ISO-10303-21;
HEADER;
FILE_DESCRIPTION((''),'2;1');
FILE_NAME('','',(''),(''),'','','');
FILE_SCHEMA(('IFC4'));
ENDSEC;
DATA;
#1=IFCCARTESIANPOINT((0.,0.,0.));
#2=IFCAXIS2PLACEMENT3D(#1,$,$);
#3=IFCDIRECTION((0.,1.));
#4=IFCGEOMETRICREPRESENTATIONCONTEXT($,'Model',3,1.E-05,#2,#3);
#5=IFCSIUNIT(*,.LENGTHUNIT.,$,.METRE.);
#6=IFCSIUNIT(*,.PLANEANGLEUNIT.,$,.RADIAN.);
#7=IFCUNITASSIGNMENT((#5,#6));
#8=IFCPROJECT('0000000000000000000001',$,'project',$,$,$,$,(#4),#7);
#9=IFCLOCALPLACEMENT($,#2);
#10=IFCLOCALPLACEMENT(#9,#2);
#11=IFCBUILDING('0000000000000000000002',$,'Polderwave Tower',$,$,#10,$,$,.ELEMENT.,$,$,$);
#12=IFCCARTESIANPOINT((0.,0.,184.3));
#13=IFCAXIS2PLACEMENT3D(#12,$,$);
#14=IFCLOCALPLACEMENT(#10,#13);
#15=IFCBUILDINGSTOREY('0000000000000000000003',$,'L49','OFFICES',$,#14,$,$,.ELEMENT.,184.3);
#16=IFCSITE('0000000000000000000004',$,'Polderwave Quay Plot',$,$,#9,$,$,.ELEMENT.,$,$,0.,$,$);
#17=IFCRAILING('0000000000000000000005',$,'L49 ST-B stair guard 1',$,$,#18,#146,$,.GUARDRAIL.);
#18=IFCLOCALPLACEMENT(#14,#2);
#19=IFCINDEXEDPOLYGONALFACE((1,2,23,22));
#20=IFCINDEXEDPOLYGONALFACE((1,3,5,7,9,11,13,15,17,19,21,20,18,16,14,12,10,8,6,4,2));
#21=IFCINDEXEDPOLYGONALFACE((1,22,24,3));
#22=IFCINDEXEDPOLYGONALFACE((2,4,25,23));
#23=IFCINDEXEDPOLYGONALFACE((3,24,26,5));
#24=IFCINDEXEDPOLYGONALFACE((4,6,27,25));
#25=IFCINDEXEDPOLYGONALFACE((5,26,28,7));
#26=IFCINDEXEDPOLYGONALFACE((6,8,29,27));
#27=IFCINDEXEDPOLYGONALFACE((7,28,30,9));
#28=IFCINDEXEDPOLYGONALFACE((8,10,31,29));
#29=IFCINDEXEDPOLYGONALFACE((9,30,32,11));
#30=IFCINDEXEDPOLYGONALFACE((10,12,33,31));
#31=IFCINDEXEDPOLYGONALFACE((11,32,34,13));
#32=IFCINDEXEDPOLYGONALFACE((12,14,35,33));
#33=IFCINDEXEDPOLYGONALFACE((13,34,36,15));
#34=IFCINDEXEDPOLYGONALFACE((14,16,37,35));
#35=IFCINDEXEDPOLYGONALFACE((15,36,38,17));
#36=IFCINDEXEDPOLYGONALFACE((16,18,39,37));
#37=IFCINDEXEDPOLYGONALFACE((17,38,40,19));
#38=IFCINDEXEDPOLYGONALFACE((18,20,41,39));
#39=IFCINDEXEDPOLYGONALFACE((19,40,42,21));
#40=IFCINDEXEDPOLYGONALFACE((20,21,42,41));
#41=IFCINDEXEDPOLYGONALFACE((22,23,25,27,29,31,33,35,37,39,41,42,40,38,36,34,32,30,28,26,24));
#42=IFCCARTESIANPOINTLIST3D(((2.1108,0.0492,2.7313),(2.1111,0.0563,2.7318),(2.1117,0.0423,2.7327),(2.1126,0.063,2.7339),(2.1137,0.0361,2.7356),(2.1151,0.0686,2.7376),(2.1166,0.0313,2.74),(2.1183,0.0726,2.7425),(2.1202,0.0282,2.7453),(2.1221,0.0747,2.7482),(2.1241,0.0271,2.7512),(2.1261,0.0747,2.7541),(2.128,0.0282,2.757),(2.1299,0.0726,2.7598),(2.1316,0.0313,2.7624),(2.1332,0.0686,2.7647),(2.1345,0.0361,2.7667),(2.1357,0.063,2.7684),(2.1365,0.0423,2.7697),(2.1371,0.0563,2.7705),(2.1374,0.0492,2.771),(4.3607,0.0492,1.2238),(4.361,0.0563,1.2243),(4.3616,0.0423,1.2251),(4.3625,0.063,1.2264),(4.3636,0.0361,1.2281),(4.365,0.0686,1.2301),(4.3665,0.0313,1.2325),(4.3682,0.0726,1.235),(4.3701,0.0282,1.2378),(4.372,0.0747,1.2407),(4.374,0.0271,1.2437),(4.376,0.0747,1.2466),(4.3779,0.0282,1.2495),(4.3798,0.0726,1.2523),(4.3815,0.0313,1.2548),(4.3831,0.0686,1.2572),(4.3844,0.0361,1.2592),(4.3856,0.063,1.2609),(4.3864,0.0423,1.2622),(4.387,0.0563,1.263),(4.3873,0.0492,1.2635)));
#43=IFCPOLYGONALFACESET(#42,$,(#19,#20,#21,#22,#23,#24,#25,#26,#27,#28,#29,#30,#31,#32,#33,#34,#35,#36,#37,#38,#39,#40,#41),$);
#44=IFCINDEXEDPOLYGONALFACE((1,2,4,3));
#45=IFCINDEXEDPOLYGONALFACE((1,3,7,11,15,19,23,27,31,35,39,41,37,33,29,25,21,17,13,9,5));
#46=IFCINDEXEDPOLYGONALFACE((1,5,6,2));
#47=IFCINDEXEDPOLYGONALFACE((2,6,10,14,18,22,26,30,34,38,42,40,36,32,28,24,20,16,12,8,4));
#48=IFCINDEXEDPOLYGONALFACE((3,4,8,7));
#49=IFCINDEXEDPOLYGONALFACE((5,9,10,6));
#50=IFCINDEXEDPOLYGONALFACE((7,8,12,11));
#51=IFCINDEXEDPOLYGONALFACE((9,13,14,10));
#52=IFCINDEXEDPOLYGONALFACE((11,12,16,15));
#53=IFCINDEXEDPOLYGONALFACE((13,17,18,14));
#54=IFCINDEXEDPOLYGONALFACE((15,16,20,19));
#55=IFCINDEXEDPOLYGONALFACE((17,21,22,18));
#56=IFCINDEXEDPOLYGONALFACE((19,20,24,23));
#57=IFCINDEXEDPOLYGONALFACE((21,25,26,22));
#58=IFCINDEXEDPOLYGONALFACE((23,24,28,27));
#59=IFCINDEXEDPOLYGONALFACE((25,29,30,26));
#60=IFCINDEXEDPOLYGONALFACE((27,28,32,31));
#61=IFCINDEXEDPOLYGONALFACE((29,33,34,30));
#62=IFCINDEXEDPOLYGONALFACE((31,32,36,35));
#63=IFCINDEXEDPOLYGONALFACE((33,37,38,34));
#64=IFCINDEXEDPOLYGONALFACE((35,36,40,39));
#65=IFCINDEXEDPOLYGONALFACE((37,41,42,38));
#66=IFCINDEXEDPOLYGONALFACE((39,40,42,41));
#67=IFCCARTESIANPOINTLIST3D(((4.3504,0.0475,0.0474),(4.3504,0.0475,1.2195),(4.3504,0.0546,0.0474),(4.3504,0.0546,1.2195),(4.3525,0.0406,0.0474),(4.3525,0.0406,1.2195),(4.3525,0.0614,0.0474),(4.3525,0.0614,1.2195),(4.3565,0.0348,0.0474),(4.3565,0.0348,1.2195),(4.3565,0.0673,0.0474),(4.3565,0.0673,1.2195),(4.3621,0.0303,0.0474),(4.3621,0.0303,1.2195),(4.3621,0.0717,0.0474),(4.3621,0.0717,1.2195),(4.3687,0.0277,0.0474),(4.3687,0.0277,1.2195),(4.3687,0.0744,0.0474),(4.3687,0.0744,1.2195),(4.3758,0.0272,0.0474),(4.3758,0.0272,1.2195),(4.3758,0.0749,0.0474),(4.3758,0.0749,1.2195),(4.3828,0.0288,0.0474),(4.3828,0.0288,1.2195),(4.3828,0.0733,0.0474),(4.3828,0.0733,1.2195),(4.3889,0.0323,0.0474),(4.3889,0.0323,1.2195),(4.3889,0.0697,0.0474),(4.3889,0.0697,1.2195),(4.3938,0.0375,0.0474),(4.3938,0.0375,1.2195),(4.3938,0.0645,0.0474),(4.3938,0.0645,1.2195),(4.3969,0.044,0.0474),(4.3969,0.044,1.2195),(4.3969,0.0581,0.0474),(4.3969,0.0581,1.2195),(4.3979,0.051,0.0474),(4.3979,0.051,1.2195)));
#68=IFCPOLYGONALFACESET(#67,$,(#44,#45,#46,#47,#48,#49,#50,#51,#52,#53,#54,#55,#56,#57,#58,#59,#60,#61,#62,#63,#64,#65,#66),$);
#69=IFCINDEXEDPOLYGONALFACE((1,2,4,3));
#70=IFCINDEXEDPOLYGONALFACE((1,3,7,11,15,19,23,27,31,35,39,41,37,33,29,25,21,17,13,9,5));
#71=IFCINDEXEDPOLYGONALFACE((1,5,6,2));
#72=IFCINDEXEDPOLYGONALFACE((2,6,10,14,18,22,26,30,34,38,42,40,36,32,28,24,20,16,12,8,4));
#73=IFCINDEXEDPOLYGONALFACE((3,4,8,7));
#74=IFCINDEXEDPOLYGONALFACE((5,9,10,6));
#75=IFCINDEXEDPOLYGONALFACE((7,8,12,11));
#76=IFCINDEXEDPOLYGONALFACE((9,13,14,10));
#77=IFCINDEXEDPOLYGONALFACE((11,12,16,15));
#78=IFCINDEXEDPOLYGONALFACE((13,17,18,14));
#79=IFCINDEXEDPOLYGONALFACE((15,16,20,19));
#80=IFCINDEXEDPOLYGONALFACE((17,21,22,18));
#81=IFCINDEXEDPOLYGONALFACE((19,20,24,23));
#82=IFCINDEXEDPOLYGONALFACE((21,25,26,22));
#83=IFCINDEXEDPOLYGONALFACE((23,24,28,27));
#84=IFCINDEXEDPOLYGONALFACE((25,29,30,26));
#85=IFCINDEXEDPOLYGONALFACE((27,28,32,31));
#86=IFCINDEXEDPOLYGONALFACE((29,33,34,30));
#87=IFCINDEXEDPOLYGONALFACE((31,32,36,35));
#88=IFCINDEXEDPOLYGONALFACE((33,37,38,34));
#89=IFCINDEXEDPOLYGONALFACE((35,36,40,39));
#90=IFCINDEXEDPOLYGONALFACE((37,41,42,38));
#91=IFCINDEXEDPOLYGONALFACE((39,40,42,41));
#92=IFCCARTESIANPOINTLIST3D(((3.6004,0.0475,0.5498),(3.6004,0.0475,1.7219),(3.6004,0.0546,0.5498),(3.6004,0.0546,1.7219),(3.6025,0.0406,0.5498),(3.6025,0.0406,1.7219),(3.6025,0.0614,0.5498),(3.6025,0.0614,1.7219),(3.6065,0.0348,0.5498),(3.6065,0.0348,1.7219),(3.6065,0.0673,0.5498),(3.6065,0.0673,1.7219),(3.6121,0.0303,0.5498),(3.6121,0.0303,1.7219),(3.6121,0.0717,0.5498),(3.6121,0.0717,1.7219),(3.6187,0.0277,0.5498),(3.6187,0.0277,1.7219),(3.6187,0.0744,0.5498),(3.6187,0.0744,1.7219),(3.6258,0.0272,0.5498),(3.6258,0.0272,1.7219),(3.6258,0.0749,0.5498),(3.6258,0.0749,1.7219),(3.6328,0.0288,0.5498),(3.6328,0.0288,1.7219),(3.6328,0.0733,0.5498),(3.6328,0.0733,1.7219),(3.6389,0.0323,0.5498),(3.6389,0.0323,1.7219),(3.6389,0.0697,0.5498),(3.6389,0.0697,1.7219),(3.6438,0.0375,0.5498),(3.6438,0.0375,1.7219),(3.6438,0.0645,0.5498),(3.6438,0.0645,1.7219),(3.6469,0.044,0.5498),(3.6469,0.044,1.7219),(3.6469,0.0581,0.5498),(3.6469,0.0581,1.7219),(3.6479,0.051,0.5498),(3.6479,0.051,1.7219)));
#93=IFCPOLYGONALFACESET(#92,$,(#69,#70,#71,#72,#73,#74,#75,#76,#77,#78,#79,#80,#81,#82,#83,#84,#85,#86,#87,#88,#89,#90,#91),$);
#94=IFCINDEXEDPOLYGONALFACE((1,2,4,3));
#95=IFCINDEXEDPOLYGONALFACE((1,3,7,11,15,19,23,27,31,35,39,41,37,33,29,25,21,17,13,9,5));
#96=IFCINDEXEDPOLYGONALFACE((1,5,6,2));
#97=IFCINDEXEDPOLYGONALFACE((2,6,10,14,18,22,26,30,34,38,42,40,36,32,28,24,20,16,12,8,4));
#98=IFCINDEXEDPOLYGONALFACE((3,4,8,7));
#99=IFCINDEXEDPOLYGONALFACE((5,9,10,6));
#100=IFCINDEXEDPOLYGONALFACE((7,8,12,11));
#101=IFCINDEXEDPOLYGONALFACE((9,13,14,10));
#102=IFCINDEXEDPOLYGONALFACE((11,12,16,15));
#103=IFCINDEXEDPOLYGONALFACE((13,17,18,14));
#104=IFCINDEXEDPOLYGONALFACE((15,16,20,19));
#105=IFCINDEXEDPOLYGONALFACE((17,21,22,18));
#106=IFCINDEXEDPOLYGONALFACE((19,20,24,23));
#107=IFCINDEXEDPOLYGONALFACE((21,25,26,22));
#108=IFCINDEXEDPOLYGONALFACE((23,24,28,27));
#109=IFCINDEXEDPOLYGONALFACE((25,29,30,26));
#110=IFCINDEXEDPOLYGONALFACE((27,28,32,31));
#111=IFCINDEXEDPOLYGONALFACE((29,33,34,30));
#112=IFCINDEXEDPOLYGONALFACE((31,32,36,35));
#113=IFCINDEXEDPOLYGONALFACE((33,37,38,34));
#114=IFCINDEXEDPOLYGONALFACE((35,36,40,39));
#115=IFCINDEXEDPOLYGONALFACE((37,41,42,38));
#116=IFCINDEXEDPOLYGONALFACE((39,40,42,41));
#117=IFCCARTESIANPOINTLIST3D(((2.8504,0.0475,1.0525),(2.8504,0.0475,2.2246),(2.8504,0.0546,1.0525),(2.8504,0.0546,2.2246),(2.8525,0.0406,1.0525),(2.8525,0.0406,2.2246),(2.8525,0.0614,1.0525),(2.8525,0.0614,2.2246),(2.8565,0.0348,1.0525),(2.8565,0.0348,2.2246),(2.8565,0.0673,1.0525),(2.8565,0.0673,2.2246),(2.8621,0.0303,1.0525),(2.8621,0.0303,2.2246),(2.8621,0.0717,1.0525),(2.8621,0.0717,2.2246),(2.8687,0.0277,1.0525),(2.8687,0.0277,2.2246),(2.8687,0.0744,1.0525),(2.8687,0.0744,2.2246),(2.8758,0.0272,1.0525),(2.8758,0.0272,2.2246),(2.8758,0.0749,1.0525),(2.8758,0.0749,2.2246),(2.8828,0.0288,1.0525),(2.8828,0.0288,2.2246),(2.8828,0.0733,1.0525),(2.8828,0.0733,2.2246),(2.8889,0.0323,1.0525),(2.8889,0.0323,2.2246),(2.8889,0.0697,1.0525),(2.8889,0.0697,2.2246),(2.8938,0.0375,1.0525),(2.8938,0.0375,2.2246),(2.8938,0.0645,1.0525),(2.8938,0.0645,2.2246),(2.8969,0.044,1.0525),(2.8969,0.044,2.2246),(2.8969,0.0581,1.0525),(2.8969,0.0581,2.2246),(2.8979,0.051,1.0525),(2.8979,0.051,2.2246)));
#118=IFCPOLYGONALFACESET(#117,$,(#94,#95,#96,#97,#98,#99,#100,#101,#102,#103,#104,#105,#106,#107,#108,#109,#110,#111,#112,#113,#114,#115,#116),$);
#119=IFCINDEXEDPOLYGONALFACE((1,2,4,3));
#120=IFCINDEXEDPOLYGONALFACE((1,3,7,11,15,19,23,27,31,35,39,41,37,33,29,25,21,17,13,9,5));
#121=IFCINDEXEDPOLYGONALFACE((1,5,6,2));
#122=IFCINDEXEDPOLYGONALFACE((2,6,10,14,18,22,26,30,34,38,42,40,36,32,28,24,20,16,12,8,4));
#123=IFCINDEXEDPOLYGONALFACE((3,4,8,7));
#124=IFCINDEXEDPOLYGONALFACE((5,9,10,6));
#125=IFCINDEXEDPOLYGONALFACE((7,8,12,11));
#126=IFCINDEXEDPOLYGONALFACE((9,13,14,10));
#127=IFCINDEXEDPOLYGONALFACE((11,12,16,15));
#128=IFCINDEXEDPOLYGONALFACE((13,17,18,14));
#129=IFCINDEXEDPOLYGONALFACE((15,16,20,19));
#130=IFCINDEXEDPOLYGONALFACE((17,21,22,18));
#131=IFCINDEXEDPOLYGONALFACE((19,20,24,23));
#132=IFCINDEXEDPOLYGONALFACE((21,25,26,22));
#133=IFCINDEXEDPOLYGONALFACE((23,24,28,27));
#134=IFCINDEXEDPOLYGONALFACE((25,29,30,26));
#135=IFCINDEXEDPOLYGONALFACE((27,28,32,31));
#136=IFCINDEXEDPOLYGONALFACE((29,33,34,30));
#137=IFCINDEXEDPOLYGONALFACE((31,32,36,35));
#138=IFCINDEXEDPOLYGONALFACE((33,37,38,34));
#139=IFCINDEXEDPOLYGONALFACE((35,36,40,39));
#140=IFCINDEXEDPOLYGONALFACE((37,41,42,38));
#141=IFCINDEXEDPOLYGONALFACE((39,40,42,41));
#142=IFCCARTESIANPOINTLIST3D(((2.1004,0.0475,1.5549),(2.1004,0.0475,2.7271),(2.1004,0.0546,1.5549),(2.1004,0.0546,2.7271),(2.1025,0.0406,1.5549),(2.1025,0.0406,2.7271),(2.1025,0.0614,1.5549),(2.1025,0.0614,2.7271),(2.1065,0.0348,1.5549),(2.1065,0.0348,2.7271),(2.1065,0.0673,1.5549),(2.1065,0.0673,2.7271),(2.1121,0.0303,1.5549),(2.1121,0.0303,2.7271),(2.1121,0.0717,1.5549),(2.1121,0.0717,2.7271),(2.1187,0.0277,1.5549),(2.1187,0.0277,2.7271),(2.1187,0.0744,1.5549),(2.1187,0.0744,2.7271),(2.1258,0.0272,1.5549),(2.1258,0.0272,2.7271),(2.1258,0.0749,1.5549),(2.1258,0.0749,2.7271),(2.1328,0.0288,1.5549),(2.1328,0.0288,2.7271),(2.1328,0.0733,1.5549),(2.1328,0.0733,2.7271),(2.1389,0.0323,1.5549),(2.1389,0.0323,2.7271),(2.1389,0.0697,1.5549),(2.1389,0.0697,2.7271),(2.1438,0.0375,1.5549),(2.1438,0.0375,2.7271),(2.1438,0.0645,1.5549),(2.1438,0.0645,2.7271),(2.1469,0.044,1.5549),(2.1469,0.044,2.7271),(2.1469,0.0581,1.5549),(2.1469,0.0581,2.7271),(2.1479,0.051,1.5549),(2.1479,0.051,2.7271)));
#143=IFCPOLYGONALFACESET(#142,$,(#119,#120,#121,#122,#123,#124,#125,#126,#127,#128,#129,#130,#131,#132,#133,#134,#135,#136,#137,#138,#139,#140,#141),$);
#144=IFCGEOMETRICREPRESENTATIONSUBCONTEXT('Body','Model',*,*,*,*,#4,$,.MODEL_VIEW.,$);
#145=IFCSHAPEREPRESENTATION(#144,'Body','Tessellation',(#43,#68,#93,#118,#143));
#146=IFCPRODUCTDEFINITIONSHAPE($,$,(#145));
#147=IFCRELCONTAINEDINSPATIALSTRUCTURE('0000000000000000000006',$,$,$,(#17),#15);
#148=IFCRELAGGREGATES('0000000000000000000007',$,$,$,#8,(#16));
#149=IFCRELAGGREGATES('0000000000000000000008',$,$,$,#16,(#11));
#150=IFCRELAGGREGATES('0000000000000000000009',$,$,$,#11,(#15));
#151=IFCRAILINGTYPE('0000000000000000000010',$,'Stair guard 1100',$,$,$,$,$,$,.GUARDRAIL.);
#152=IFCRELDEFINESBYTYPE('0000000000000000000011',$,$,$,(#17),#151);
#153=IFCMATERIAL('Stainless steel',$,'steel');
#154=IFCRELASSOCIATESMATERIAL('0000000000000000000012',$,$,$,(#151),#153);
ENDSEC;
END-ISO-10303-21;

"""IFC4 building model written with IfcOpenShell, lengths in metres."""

from ifc_helpers import new_model, si_unit, direction, frame, origin, origin_2d, place, context, subcontext, project, spatial, circle, extrude, material, type_object, element, save


model = new_model("IFC4")

# Units and contexts
model_context = context("Model", 3, precision=1e-05, world=origin(), true_north=direction((0.0, 1.0)))
body_context = subcontext(model_context, "Body", "Model", "MODEL_VIEW")
ifc_project = project(units=[si_unit("LENGTHUNIT", "METRE"), si_unit("PLANEANGLEUNIT", "RADIAN")], contexts=[model_context])

# Site, building, storey
site_placement = place(None, origin())
site = spatial("IfcSite", under=ifc_project, at=site_placement, Name="Polderwave Quay Plot", CompositionType="ELEMENT", RefElevation=0.0)
building_placement = place(site_placement, origin())
building = spatial("IfcBuilding", under=site, at=building_placement, Name="Polderwave Tower", CompositionType="ELEMENT")
storey_placement = place(building_placement, frame((0.0, 0.0, 184.3)))
storey = spatial("IfcBuildingStorey", under=building, at=storey_placement, Name="L49", Description="OFFICES", CompositionType="ELEMENT", Elevation=184.3)

# Railing
ifc_material_1 = material(Name="Stainless steel", Category="steel")
railing_type_1 = type_object("IfcRailingType", Name="Stair guard 1100", PredefinedType="GUARDRAIL", material=ifc_material_1)
railing_1_placement = place(storey_placement, frame((4.374, 0.051, 0.0474)))
element("IfcRailing", 1, at=railing_1_placement, inside=storey, type_object=railing_type_1, Name="L49 ST-B stair guard 1", PredefinedType="GUARDRAIL", context=body_context, shape_type="SweptSolid", body=[
    extrude(circle(Radius=0.0239, at=origin_2d()), frame((0.0, 0.0, 1.1963), z_axis=(-0.830758, 0.0, 0.556633), x_axis=(0.0, -1.0, 0.0)), (0.0, 0.0, 1.0), 2.7083),
    extrude(circle(Radius=0.0239, at=origin_2d()), origin(), (0.0, 0.0, 1.0), 1.1721),
    extrude(circle(Radius=0.0239, at=origin_2d()), frame((-0.75, 0.0, 0.5024)), (0.0, 0.0, 1.0), 1.1721),
    extrude(circle(Radius=0.0239, at=origin_2d()), frame((-1.5, 0.0, 1.0051)), (0.0, 0.0, 1.0), 1.1721),
    extrude(circle(Radius=0.0239, at=origin_2d()), frame((-2.25, 0.0, 1.5076)), (0.0, 0.0, 1.0), 1.1721),
])

save(model, "model.ifc")
